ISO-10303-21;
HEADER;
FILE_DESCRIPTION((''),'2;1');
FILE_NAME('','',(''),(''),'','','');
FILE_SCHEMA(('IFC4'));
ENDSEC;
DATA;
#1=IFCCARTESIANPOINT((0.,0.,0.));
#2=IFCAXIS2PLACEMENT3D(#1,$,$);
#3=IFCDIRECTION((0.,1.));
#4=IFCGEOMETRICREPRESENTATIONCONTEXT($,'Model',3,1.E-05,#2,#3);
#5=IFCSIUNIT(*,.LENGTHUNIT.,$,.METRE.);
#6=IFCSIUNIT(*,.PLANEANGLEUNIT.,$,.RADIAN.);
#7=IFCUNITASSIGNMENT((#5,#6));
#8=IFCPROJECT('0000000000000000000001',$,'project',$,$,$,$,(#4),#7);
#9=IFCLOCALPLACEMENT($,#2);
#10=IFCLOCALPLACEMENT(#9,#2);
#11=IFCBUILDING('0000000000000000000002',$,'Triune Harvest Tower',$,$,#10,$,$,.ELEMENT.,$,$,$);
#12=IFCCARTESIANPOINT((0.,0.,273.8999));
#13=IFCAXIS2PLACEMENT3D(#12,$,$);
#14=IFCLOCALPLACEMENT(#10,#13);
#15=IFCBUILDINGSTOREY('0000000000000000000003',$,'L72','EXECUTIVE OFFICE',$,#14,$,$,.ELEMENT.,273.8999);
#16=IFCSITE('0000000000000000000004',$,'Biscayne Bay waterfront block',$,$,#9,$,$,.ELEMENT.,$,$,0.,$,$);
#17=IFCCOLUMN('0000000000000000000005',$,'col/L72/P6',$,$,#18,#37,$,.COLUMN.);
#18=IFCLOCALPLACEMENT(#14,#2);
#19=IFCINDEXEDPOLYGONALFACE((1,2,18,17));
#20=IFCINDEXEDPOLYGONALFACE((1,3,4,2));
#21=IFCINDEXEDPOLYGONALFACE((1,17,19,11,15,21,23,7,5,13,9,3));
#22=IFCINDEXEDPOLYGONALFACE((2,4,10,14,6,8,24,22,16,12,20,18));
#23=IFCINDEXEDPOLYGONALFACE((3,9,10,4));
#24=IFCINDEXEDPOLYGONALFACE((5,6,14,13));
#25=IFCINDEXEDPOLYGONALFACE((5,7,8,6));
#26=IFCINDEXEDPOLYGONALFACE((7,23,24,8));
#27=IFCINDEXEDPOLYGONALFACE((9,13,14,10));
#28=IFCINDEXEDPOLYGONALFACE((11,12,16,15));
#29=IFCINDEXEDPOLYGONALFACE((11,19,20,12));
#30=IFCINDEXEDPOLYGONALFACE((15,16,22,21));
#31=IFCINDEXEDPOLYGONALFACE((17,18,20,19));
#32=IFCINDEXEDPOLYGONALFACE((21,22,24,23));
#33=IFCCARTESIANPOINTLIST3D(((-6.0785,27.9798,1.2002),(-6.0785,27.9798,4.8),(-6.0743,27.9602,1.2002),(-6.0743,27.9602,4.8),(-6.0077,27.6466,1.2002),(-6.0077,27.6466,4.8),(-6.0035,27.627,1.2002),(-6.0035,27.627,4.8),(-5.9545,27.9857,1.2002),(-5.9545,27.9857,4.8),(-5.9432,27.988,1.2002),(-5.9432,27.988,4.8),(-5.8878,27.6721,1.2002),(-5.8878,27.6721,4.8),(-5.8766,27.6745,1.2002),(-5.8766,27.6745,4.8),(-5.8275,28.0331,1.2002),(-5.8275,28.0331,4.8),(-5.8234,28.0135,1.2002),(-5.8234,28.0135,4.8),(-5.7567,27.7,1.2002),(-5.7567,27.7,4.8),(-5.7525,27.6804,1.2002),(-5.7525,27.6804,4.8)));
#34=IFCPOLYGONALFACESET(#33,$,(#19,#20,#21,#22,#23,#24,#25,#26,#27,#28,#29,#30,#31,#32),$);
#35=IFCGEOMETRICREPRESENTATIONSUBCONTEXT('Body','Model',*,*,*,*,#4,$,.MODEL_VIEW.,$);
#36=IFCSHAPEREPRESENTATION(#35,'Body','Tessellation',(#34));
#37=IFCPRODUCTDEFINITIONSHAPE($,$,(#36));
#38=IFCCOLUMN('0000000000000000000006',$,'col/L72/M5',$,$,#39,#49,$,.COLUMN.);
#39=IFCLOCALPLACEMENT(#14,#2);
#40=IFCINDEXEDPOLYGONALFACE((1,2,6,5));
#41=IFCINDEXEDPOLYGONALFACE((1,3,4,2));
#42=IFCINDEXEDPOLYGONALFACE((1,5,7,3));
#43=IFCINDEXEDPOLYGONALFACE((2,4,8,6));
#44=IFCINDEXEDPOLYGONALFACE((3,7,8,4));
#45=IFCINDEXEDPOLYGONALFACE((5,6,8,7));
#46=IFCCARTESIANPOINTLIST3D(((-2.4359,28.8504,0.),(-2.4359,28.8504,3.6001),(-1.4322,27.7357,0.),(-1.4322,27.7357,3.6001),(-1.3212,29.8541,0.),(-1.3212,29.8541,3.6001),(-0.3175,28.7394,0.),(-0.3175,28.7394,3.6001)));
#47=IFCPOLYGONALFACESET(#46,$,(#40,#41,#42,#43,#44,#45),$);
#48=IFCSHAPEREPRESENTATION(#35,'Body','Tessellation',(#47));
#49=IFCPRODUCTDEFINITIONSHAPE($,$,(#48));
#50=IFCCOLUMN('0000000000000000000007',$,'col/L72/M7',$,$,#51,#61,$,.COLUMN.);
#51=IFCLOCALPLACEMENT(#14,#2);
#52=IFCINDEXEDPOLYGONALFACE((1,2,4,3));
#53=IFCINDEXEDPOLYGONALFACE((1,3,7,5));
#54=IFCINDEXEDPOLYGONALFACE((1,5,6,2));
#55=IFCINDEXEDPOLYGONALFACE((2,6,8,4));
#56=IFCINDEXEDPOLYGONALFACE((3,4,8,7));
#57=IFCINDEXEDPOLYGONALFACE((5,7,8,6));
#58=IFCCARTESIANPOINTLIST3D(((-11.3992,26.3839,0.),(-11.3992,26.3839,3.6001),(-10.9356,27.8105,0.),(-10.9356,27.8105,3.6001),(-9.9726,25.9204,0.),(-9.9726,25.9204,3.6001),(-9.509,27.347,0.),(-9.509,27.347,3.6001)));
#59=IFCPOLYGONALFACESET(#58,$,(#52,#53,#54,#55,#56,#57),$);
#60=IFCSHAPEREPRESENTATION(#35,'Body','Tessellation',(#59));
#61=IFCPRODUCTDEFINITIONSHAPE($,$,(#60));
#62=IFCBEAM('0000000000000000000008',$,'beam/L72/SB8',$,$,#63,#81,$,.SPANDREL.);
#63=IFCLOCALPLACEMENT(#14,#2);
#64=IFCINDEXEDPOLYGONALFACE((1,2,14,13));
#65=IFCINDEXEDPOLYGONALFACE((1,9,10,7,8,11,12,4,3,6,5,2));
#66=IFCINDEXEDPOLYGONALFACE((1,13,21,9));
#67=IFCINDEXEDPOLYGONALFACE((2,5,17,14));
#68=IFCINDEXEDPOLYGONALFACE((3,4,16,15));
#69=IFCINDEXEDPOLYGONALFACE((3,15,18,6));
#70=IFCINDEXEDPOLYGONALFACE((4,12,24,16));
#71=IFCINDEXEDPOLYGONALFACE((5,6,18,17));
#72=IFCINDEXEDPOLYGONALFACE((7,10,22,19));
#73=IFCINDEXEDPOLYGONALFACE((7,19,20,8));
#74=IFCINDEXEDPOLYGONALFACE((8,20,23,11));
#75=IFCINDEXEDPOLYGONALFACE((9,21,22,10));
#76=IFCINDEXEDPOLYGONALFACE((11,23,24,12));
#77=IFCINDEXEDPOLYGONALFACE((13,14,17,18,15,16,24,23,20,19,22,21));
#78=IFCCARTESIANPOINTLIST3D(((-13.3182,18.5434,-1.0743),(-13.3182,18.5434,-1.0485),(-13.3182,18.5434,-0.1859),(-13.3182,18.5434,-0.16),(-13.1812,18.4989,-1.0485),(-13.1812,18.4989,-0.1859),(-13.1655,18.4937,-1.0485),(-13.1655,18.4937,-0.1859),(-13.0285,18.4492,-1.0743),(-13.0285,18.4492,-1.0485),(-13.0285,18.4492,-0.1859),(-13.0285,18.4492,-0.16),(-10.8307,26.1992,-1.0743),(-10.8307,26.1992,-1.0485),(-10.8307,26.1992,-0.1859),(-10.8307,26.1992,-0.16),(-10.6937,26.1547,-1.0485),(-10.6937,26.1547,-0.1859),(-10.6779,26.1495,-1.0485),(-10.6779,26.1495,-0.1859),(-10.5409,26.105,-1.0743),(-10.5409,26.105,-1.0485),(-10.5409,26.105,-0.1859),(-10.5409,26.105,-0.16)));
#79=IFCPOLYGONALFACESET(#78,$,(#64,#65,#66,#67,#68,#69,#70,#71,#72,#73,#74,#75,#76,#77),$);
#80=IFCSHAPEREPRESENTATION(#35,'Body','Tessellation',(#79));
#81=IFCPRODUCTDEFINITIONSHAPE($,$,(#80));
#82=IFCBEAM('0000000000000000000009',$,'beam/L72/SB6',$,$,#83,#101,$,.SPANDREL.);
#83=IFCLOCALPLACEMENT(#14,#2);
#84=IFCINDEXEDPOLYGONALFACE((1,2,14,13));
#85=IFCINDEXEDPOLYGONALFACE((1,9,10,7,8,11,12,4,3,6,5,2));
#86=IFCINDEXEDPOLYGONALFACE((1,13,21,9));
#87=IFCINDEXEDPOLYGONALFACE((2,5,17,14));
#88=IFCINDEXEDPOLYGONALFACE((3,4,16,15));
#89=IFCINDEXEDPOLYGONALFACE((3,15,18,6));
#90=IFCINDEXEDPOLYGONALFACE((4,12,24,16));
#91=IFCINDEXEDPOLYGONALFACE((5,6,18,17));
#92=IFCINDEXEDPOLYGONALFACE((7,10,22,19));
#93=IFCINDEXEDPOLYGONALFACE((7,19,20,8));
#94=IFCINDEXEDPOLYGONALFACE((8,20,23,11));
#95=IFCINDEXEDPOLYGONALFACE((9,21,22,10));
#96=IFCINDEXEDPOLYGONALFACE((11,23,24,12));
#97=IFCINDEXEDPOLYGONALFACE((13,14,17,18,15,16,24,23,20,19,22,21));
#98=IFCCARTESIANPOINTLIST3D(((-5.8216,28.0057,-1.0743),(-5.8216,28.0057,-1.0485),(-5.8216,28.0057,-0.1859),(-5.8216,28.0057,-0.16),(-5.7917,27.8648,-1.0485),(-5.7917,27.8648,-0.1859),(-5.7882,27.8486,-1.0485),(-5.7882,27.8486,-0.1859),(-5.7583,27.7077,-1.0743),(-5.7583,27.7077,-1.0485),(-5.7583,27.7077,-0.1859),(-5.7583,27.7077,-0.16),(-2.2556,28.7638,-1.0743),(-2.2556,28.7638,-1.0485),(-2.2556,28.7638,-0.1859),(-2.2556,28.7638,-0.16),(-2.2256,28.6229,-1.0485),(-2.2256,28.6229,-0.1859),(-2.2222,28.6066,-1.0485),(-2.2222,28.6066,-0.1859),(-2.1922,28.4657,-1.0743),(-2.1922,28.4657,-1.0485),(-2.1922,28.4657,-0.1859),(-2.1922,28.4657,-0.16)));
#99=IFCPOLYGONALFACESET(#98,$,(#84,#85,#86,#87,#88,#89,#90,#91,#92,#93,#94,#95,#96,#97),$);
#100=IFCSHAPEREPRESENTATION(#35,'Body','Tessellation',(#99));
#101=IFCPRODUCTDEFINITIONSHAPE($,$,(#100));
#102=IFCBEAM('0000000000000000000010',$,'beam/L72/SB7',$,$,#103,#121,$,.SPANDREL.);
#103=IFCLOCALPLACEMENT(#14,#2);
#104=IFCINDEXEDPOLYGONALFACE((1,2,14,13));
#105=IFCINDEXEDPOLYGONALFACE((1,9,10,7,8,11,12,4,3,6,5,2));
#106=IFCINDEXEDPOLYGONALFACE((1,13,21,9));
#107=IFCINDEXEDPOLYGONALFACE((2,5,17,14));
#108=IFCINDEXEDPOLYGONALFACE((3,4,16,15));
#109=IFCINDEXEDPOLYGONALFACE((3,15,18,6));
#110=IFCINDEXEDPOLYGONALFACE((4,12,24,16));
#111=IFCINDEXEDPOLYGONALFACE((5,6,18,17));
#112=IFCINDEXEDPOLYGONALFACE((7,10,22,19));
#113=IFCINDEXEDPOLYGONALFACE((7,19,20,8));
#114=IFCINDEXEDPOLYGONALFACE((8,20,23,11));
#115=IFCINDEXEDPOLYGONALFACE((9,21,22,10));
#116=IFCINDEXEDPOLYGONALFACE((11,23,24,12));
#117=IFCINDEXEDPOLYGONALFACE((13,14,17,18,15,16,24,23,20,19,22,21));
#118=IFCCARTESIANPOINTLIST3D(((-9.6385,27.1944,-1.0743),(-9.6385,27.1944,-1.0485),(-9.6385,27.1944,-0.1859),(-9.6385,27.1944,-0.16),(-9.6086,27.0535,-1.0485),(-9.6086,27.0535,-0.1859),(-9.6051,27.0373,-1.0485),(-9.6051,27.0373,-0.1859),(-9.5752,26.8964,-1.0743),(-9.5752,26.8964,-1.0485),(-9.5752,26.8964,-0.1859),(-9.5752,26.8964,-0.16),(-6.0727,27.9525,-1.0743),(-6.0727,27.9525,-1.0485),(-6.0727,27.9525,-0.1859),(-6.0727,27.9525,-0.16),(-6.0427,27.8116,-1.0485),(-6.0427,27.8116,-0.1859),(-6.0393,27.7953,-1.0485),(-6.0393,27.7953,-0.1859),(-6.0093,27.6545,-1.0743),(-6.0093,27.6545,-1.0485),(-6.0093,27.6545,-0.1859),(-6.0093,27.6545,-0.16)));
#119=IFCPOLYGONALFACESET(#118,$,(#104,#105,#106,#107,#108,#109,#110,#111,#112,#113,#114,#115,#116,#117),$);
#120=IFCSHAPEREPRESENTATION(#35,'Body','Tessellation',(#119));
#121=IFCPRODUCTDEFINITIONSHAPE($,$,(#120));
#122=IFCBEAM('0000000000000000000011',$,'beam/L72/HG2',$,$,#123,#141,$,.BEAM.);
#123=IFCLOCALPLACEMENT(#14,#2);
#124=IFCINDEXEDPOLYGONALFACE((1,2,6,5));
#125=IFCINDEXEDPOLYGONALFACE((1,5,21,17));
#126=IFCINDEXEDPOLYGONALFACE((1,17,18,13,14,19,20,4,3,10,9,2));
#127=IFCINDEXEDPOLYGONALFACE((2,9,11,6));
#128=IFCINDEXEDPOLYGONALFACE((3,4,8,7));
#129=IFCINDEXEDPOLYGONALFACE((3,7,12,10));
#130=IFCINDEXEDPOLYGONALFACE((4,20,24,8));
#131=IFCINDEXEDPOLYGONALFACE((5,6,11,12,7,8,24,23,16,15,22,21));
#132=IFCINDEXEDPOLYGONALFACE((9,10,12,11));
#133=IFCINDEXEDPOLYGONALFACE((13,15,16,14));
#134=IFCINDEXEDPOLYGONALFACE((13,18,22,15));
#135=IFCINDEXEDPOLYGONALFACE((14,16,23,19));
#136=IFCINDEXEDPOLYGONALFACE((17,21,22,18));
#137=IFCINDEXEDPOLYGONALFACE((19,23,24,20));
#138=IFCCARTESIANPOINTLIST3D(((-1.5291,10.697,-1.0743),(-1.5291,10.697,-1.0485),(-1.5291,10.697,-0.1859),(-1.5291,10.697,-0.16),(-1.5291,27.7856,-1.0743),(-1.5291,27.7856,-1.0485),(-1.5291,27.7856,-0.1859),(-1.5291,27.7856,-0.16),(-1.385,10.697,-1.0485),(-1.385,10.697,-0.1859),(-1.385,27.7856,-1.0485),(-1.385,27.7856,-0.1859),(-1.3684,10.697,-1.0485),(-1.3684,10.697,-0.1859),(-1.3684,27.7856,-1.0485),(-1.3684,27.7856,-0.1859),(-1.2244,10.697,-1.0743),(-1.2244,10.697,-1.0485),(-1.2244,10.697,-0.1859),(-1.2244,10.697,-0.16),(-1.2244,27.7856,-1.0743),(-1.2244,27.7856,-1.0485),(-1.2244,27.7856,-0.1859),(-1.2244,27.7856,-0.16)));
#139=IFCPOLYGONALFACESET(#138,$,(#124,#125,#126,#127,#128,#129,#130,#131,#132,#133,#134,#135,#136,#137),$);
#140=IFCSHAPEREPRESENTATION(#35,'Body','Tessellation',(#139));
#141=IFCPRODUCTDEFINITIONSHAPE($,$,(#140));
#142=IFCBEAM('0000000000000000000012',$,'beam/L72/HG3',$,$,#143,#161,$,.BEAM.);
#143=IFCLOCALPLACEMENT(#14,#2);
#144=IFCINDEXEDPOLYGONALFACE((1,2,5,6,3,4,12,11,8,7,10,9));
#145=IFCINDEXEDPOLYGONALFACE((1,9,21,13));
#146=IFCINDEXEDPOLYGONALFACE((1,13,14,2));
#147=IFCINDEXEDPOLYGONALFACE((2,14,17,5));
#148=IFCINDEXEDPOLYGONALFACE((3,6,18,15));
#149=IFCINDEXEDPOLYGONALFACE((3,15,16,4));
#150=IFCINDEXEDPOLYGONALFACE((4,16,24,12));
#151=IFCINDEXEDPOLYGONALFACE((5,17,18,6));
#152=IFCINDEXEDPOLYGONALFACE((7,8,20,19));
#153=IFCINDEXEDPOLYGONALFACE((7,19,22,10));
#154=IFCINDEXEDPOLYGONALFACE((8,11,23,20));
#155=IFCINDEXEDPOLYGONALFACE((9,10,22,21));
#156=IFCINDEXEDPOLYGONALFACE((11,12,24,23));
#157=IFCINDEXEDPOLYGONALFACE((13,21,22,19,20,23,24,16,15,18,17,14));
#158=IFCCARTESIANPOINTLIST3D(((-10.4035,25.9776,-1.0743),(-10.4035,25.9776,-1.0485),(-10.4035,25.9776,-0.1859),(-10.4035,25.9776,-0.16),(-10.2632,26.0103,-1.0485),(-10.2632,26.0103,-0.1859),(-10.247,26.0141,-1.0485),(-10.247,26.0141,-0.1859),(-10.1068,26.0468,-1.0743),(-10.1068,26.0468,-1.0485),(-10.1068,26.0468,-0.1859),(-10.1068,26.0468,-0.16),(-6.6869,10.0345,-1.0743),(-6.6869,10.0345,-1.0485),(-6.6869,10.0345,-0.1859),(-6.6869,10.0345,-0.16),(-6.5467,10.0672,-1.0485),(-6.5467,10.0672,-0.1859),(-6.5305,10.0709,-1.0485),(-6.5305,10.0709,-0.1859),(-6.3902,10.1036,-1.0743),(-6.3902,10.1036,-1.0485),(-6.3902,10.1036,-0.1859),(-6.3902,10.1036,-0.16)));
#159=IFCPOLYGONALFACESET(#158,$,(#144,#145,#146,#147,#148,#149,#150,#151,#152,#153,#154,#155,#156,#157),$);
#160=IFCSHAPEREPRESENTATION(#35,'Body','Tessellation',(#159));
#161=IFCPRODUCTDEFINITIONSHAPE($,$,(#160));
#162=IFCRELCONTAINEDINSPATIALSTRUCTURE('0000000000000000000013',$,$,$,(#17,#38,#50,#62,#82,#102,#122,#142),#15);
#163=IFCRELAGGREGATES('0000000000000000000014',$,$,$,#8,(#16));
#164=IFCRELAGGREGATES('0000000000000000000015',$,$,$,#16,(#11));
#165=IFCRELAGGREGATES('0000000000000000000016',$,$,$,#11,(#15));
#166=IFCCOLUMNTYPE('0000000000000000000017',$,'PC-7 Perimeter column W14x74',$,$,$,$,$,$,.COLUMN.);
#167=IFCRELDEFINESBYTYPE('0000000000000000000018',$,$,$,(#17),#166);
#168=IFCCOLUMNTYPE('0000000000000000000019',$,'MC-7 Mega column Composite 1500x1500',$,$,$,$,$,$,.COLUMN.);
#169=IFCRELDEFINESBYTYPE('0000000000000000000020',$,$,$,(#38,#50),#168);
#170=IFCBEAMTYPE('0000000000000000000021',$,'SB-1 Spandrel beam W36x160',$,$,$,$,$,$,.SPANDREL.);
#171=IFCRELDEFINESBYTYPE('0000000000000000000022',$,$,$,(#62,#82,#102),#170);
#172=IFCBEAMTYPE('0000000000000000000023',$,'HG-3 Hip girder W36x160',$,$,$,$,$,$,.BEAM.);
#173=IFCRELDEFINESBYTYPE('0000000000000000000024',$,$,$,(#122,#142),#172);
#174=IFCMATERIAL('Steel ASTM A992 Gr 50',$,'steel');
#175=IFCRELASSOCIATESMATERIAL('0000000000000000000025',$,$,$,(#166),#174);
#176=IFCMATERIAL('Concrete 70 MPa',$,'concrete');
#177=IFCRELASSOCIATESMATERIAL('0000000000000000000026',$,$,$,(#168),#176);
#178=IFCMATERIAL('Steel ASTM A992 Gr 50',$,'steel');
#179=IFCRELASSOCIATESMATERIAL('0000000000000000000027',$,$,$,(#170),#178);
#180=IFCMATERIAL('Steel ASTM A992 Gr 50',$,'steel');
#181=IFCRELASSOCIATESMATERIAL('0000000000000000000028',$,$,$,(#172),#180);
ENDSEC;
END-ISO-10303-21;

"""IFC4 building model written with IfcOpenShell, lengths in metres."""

from ifc_helpers import new_model, si_unit, direction, frame, origin, origin_2d, place, context, subcontext, project, spatial, rectangle, i_section, extrude, source, transform, mapped, material, material_profile, profile_set, type_object, element, save


model = new_model("IFC4")

# Units and contexts
model_context = context("Model", 3, precision=1e-05, world=origin(), true_north=direction((0.0, 1.0)))
body_context = subcontext(model_context, "Body", "Model", "MODEL_VIEW")
ifc_project = project(units=[si_unit("LENGTHUNIT", "METRE"), si_unit("PLANEANGLEUNIT", "RADIAN")], contexts=[model_context])

# Site, building, storey
site_placement = place(None, origin())
site = spatial("IfcSite", under=ifc_project, at=site_placement, Name="Biscayne Bay waterfront block", CompositionType="ELEMENT", RefElevation=0.0)
building_placement = place(site_placement, origin())
building = spatial("IfcBuilding", under=site, at=building_placement, Name="Triune Harvest Tower", CompositionType="ELEMENT")
storey_placement = place(building_placement, frame((0.0, 0.0, 273.8999)))
storey = spatial("IfcBuildingStorey", under=building, at=storey_placement, Name="L72", Description="EXECUTIVE OFFICE", CompositionType="ELEMENT", Elevation=273.8999)

# Columns
ifc_material_1 = material(Name="Steel ASTM A992 Gr 50", Category="steel")
ifc_material_profile_1 = material_profile(ifc_material_1, i_section(OverallWidth=0.2566, OverallDepth=0.3606, WebThickness=0.0115, FlangeThickness=0.02, at=origin_2d()), Name="W14x74")
ifc_profile_set_1 = profile_set([ifc_material_profile_1], Name="Steel ASTM A992 Gr 50")
column_type_1 = type_object("IfcColumnType", Name="PC-7 Perimeter column W14x74", PredefinedType="COLUMN", material=ifc_profile_set_1)
shared_shape_1 = source(origin(), body_context, "Body", "SweptSolid", [
    extrude(i_section(OverallWidth=0.2566, OverallDepth=0.3606, WebThickness=0.0115, FlangeThickness=0.02, at=origin_2d()), origin(), (0.0, 0.0, 1.0), 3.5999),
])
column_placement = place(storey_placement, frame((-5.9155, 27.8301, 1.2002), z_axis=(0.0, 0.0, 1.0), x_axis=(-0.978148, -0.207912, 0.0)))
element("IfcColumn", 1, at=column_placement, inside=storey, type_object=column_type_1, Name="col/L72/P6", PredefinedType="COLUMN", context=body_context, shape_type="MappedRepresentation", body=[
    mapped(shared_shape_1, transform((0.0, 0.0, 0.0), scale=1.0)),
])
ifc_material_2 = material(Name="Concrete 70 MPa", Category="concrete")
ifc_material_profile_2 = material_profile(ifc_material_2, rectangle(XDim=1.5, YDim=1.5, at=origin_2d()), Name="Composite 1500x1500")
ifc_profile_set_2 = profile_set([ifc_material_profile_2], Name="Concrete 70 MPa")
column_type_2 = type_object("IfcColumnType", Name="MC-7 Mega column Composite 1500x1500", PredefinedType="COLUMN", material=ifc_profile_set_2)
shared_shape_2 = source(origin(), body_context, "Body", "SweptSolid", [
    extrude(rectangle(XDim=1.5, YDim=1.5, at=origin_2d()), origin(), (0.0, 0.0, 1.0), 3.6001),
])
for number, where, z_axis, x_axis, name in (
    (2, (-1.3767, 28.7949, 0.0), (0.0, 0.0, 1.0), (-0.669131, 0.743145, 0.0), "col/L72/M5"),
    (3, (-10.4541, 26.8655, 0.0), (0.0, 0.0, 1.0), (-0.309015, -0.951057, 0.0), "col/L72/M7"),
):
    element("IfcColumn", number, at=place(storey_placement, frame(where, z_axis=z_axis, x_axis=x_axis)), inside=storey, type_object=column_type_2, Name=name, PredefinedType="COLUMN", context=body_context, shape_type="MappedRepresentation", body=[
        mapped(shared_shape_2, transform((0.0, 0.0, 0.0), scale=1.0)),
    ])

# Beams
ifc_material_3 = material(Name="Steel ASTM A992 Gr 50", Category="steel")
ifc_material_profile_3 = material_profile(ifc_material_3, i_section(OverallWidth=0.3047, OverallDepth=0.9143, WebThickness=0.0166, FlangeThickness=0.0259, at=origin_2d()), Name="W36x160")
ifc_profile_set_3 = profile_set([ifc_material_profile_3], Name="Steel ASTM A992 Gr 50")
beam_type_1 = type_object("IfcBeamType", Name="SB-1 Spandrel beam W36x160", PredefinedType="SPANDREL", material=ifc_profile_set_3)
shared_shape_3 = source(origin(), body_context, "Body", "SweptSolid", [
    extrude(i_section(OverallWidth=0.3047, OverallDepth=0.9143, WebThickness=0.0166, FlangeThickness=0.0259, at=origin_2d()), origin(), (0.0, 0.0, 1.0), 8.0498),
])
beam_1_placement = place(storey_placement, frame((-10.6858, 26.1521, -0.6172), z_axis=(-0.309022, -0.951055, 0.0), x_axis=(0.951055, -0.309022, 0.0)))
element("IfcBeam", 4, at=beam_1_placement, inside=storey, type_object=beam_type_1, Name="beam/L72/SB8", PredefinedType="SPANDREL", context=body_context, shape_type="MappedRepresentation", body=[
    mapped(shared_shape_3, transform((0.0, 0.0, 0.0), scale=1.0)),
])
shared_shape_4 = source(origin(), body_context, "Body", "SweptSolid", [
    extrude(i_section(OverallWidth=0.3047, OverallDepth=0.9143, WebThickness=0.0166, FlangeThickness=0.0259, at=origin_2d()), origin(), (0.0, 0.0, 1.0), 3.6458),
])
beam_2_placement = place(storey_placement, frame((-2.2239, 28.6147, -0.6172), z_axis=(-0.978145, -0.207924, 0.0), x_axis=(0.207924, -0.978145, 0.0)))
element("IfcBeam", 5, at=beam_2_placement, inside=storey, type_object=beam_type_1, Name="beam/L72/SB6", PredefinedType="SPANDREL", context=body_context, shape_type="MappedRepresentation", body=[
    mapped(shared_shape_4, transform((0.0, 0.0, 0.0), scale=1.0)),
])
shared_shape_5 = source(origin(), body_context, "Body", "SweptSolid", [
    extrude(i_section(OverallWidth=0.3047, OverallDepth=0.9143, WebThickness=0.0166, FlangeThickness=0.0259, at=origin_2d()), origin(), (0.0, 0.0, 1.0), 3.6455),
])
beam_3_placement = place(storey_placement, frame((-6.041, 27.8035, -0.6172), z_axis=(-0.978142, -0.207937, 0.0), x_axis=(0.207937, -0.978142, 0.0)))
element("IfcBeam", 6, at=beam_3_placement, inside=storey, type_object=beam_type_1, Name="beam/L72/SB7", PredefinedType="SPANDREL", context=body_context, shape_type="MappedRepresentation", body=[
    mapped(shared_shape_5, transform((0.0, 0.0, 0.0), scale=1.0)),
])
ifc_material_4 = material(Name="Steel ASTM A992 Gr 50", Category="steel")
ifc_material_profile_4 = material_profile(ifc_material_4, i_section(OverallWidth=0.3047, OverallDepth=0.9143, WebThickness=0.0166, FlangeThickness=0.0259, at=origin_2d()), Name="W36x160")
ifc_profile_set_4 = profile_set([ifc_material_profile_4], Name="Steel ASTM A992 Gr 50")
beam_type_2 = type_object("IfcBeamType", Name="HG-3 Hip girder W36x160", PredefinedType="BEAM", material=ifc_profile_set_4)
shared_shape_6 = source(origin(), body_context, "Body", "SweptSolid", [
    extrude(i_section(OverallWidth=0.3047, OverallDepth=0.9143, WebThickness=0.0166, FlangeThickness=0.0259, at=origin_2d()), origin(), (0.0, 0.0, 1.0), 17.0886),
])
beam_4_placement = place(storey_placement, frame((-1.3767, 27.7856, -0.6172), z_axis=(0.0, -1.0, 0.0), x_axis=(1.0, 0.0, 0.0)))
element("IfcBeam", 7, at=beam_4_placement, inside=storey, type_object=beam_type_2, Name="beam/L72/HG2", PredefinedType="BEAM", context=body_context, shape_type="MappedRepresentation", body=[
    mapped(shared_shape_6, transform((0.0, 0.0, 0.0), scale=1.0)),
])
shared_shape_7 = source(origin(), body_context, "Body", "SweptSolid", [
    extrude(i_section(OverallWidth=0.3047, OverallDepth=0.9143, WebThickness=0.0166, FlangeThickness=0.0259, at=origin_2d()), origin(), (0.0, 0.0, 1.0), 16.3706),
])
beam_5_placement = place(storey_placement, frame((-10.2551, 26.0122, -0.6172), z_axis=(0.227026, -0.973889, 0.0), x_axis=(0.973889, 0.227026, 0.0)))
element("IfcBeam", 8, at=beam_5_placement, inside=storey, type_object=beam_type_2, Name="beam/L72/HG3", PredefinedType="BEAM", context=body_context, shape_type="MappedRepresentation", body=[
    mapped(shared_shape_7, transform((0.0, 0.0, 0.0), scale=1.0)),
])

save(model, "model.ifc")
